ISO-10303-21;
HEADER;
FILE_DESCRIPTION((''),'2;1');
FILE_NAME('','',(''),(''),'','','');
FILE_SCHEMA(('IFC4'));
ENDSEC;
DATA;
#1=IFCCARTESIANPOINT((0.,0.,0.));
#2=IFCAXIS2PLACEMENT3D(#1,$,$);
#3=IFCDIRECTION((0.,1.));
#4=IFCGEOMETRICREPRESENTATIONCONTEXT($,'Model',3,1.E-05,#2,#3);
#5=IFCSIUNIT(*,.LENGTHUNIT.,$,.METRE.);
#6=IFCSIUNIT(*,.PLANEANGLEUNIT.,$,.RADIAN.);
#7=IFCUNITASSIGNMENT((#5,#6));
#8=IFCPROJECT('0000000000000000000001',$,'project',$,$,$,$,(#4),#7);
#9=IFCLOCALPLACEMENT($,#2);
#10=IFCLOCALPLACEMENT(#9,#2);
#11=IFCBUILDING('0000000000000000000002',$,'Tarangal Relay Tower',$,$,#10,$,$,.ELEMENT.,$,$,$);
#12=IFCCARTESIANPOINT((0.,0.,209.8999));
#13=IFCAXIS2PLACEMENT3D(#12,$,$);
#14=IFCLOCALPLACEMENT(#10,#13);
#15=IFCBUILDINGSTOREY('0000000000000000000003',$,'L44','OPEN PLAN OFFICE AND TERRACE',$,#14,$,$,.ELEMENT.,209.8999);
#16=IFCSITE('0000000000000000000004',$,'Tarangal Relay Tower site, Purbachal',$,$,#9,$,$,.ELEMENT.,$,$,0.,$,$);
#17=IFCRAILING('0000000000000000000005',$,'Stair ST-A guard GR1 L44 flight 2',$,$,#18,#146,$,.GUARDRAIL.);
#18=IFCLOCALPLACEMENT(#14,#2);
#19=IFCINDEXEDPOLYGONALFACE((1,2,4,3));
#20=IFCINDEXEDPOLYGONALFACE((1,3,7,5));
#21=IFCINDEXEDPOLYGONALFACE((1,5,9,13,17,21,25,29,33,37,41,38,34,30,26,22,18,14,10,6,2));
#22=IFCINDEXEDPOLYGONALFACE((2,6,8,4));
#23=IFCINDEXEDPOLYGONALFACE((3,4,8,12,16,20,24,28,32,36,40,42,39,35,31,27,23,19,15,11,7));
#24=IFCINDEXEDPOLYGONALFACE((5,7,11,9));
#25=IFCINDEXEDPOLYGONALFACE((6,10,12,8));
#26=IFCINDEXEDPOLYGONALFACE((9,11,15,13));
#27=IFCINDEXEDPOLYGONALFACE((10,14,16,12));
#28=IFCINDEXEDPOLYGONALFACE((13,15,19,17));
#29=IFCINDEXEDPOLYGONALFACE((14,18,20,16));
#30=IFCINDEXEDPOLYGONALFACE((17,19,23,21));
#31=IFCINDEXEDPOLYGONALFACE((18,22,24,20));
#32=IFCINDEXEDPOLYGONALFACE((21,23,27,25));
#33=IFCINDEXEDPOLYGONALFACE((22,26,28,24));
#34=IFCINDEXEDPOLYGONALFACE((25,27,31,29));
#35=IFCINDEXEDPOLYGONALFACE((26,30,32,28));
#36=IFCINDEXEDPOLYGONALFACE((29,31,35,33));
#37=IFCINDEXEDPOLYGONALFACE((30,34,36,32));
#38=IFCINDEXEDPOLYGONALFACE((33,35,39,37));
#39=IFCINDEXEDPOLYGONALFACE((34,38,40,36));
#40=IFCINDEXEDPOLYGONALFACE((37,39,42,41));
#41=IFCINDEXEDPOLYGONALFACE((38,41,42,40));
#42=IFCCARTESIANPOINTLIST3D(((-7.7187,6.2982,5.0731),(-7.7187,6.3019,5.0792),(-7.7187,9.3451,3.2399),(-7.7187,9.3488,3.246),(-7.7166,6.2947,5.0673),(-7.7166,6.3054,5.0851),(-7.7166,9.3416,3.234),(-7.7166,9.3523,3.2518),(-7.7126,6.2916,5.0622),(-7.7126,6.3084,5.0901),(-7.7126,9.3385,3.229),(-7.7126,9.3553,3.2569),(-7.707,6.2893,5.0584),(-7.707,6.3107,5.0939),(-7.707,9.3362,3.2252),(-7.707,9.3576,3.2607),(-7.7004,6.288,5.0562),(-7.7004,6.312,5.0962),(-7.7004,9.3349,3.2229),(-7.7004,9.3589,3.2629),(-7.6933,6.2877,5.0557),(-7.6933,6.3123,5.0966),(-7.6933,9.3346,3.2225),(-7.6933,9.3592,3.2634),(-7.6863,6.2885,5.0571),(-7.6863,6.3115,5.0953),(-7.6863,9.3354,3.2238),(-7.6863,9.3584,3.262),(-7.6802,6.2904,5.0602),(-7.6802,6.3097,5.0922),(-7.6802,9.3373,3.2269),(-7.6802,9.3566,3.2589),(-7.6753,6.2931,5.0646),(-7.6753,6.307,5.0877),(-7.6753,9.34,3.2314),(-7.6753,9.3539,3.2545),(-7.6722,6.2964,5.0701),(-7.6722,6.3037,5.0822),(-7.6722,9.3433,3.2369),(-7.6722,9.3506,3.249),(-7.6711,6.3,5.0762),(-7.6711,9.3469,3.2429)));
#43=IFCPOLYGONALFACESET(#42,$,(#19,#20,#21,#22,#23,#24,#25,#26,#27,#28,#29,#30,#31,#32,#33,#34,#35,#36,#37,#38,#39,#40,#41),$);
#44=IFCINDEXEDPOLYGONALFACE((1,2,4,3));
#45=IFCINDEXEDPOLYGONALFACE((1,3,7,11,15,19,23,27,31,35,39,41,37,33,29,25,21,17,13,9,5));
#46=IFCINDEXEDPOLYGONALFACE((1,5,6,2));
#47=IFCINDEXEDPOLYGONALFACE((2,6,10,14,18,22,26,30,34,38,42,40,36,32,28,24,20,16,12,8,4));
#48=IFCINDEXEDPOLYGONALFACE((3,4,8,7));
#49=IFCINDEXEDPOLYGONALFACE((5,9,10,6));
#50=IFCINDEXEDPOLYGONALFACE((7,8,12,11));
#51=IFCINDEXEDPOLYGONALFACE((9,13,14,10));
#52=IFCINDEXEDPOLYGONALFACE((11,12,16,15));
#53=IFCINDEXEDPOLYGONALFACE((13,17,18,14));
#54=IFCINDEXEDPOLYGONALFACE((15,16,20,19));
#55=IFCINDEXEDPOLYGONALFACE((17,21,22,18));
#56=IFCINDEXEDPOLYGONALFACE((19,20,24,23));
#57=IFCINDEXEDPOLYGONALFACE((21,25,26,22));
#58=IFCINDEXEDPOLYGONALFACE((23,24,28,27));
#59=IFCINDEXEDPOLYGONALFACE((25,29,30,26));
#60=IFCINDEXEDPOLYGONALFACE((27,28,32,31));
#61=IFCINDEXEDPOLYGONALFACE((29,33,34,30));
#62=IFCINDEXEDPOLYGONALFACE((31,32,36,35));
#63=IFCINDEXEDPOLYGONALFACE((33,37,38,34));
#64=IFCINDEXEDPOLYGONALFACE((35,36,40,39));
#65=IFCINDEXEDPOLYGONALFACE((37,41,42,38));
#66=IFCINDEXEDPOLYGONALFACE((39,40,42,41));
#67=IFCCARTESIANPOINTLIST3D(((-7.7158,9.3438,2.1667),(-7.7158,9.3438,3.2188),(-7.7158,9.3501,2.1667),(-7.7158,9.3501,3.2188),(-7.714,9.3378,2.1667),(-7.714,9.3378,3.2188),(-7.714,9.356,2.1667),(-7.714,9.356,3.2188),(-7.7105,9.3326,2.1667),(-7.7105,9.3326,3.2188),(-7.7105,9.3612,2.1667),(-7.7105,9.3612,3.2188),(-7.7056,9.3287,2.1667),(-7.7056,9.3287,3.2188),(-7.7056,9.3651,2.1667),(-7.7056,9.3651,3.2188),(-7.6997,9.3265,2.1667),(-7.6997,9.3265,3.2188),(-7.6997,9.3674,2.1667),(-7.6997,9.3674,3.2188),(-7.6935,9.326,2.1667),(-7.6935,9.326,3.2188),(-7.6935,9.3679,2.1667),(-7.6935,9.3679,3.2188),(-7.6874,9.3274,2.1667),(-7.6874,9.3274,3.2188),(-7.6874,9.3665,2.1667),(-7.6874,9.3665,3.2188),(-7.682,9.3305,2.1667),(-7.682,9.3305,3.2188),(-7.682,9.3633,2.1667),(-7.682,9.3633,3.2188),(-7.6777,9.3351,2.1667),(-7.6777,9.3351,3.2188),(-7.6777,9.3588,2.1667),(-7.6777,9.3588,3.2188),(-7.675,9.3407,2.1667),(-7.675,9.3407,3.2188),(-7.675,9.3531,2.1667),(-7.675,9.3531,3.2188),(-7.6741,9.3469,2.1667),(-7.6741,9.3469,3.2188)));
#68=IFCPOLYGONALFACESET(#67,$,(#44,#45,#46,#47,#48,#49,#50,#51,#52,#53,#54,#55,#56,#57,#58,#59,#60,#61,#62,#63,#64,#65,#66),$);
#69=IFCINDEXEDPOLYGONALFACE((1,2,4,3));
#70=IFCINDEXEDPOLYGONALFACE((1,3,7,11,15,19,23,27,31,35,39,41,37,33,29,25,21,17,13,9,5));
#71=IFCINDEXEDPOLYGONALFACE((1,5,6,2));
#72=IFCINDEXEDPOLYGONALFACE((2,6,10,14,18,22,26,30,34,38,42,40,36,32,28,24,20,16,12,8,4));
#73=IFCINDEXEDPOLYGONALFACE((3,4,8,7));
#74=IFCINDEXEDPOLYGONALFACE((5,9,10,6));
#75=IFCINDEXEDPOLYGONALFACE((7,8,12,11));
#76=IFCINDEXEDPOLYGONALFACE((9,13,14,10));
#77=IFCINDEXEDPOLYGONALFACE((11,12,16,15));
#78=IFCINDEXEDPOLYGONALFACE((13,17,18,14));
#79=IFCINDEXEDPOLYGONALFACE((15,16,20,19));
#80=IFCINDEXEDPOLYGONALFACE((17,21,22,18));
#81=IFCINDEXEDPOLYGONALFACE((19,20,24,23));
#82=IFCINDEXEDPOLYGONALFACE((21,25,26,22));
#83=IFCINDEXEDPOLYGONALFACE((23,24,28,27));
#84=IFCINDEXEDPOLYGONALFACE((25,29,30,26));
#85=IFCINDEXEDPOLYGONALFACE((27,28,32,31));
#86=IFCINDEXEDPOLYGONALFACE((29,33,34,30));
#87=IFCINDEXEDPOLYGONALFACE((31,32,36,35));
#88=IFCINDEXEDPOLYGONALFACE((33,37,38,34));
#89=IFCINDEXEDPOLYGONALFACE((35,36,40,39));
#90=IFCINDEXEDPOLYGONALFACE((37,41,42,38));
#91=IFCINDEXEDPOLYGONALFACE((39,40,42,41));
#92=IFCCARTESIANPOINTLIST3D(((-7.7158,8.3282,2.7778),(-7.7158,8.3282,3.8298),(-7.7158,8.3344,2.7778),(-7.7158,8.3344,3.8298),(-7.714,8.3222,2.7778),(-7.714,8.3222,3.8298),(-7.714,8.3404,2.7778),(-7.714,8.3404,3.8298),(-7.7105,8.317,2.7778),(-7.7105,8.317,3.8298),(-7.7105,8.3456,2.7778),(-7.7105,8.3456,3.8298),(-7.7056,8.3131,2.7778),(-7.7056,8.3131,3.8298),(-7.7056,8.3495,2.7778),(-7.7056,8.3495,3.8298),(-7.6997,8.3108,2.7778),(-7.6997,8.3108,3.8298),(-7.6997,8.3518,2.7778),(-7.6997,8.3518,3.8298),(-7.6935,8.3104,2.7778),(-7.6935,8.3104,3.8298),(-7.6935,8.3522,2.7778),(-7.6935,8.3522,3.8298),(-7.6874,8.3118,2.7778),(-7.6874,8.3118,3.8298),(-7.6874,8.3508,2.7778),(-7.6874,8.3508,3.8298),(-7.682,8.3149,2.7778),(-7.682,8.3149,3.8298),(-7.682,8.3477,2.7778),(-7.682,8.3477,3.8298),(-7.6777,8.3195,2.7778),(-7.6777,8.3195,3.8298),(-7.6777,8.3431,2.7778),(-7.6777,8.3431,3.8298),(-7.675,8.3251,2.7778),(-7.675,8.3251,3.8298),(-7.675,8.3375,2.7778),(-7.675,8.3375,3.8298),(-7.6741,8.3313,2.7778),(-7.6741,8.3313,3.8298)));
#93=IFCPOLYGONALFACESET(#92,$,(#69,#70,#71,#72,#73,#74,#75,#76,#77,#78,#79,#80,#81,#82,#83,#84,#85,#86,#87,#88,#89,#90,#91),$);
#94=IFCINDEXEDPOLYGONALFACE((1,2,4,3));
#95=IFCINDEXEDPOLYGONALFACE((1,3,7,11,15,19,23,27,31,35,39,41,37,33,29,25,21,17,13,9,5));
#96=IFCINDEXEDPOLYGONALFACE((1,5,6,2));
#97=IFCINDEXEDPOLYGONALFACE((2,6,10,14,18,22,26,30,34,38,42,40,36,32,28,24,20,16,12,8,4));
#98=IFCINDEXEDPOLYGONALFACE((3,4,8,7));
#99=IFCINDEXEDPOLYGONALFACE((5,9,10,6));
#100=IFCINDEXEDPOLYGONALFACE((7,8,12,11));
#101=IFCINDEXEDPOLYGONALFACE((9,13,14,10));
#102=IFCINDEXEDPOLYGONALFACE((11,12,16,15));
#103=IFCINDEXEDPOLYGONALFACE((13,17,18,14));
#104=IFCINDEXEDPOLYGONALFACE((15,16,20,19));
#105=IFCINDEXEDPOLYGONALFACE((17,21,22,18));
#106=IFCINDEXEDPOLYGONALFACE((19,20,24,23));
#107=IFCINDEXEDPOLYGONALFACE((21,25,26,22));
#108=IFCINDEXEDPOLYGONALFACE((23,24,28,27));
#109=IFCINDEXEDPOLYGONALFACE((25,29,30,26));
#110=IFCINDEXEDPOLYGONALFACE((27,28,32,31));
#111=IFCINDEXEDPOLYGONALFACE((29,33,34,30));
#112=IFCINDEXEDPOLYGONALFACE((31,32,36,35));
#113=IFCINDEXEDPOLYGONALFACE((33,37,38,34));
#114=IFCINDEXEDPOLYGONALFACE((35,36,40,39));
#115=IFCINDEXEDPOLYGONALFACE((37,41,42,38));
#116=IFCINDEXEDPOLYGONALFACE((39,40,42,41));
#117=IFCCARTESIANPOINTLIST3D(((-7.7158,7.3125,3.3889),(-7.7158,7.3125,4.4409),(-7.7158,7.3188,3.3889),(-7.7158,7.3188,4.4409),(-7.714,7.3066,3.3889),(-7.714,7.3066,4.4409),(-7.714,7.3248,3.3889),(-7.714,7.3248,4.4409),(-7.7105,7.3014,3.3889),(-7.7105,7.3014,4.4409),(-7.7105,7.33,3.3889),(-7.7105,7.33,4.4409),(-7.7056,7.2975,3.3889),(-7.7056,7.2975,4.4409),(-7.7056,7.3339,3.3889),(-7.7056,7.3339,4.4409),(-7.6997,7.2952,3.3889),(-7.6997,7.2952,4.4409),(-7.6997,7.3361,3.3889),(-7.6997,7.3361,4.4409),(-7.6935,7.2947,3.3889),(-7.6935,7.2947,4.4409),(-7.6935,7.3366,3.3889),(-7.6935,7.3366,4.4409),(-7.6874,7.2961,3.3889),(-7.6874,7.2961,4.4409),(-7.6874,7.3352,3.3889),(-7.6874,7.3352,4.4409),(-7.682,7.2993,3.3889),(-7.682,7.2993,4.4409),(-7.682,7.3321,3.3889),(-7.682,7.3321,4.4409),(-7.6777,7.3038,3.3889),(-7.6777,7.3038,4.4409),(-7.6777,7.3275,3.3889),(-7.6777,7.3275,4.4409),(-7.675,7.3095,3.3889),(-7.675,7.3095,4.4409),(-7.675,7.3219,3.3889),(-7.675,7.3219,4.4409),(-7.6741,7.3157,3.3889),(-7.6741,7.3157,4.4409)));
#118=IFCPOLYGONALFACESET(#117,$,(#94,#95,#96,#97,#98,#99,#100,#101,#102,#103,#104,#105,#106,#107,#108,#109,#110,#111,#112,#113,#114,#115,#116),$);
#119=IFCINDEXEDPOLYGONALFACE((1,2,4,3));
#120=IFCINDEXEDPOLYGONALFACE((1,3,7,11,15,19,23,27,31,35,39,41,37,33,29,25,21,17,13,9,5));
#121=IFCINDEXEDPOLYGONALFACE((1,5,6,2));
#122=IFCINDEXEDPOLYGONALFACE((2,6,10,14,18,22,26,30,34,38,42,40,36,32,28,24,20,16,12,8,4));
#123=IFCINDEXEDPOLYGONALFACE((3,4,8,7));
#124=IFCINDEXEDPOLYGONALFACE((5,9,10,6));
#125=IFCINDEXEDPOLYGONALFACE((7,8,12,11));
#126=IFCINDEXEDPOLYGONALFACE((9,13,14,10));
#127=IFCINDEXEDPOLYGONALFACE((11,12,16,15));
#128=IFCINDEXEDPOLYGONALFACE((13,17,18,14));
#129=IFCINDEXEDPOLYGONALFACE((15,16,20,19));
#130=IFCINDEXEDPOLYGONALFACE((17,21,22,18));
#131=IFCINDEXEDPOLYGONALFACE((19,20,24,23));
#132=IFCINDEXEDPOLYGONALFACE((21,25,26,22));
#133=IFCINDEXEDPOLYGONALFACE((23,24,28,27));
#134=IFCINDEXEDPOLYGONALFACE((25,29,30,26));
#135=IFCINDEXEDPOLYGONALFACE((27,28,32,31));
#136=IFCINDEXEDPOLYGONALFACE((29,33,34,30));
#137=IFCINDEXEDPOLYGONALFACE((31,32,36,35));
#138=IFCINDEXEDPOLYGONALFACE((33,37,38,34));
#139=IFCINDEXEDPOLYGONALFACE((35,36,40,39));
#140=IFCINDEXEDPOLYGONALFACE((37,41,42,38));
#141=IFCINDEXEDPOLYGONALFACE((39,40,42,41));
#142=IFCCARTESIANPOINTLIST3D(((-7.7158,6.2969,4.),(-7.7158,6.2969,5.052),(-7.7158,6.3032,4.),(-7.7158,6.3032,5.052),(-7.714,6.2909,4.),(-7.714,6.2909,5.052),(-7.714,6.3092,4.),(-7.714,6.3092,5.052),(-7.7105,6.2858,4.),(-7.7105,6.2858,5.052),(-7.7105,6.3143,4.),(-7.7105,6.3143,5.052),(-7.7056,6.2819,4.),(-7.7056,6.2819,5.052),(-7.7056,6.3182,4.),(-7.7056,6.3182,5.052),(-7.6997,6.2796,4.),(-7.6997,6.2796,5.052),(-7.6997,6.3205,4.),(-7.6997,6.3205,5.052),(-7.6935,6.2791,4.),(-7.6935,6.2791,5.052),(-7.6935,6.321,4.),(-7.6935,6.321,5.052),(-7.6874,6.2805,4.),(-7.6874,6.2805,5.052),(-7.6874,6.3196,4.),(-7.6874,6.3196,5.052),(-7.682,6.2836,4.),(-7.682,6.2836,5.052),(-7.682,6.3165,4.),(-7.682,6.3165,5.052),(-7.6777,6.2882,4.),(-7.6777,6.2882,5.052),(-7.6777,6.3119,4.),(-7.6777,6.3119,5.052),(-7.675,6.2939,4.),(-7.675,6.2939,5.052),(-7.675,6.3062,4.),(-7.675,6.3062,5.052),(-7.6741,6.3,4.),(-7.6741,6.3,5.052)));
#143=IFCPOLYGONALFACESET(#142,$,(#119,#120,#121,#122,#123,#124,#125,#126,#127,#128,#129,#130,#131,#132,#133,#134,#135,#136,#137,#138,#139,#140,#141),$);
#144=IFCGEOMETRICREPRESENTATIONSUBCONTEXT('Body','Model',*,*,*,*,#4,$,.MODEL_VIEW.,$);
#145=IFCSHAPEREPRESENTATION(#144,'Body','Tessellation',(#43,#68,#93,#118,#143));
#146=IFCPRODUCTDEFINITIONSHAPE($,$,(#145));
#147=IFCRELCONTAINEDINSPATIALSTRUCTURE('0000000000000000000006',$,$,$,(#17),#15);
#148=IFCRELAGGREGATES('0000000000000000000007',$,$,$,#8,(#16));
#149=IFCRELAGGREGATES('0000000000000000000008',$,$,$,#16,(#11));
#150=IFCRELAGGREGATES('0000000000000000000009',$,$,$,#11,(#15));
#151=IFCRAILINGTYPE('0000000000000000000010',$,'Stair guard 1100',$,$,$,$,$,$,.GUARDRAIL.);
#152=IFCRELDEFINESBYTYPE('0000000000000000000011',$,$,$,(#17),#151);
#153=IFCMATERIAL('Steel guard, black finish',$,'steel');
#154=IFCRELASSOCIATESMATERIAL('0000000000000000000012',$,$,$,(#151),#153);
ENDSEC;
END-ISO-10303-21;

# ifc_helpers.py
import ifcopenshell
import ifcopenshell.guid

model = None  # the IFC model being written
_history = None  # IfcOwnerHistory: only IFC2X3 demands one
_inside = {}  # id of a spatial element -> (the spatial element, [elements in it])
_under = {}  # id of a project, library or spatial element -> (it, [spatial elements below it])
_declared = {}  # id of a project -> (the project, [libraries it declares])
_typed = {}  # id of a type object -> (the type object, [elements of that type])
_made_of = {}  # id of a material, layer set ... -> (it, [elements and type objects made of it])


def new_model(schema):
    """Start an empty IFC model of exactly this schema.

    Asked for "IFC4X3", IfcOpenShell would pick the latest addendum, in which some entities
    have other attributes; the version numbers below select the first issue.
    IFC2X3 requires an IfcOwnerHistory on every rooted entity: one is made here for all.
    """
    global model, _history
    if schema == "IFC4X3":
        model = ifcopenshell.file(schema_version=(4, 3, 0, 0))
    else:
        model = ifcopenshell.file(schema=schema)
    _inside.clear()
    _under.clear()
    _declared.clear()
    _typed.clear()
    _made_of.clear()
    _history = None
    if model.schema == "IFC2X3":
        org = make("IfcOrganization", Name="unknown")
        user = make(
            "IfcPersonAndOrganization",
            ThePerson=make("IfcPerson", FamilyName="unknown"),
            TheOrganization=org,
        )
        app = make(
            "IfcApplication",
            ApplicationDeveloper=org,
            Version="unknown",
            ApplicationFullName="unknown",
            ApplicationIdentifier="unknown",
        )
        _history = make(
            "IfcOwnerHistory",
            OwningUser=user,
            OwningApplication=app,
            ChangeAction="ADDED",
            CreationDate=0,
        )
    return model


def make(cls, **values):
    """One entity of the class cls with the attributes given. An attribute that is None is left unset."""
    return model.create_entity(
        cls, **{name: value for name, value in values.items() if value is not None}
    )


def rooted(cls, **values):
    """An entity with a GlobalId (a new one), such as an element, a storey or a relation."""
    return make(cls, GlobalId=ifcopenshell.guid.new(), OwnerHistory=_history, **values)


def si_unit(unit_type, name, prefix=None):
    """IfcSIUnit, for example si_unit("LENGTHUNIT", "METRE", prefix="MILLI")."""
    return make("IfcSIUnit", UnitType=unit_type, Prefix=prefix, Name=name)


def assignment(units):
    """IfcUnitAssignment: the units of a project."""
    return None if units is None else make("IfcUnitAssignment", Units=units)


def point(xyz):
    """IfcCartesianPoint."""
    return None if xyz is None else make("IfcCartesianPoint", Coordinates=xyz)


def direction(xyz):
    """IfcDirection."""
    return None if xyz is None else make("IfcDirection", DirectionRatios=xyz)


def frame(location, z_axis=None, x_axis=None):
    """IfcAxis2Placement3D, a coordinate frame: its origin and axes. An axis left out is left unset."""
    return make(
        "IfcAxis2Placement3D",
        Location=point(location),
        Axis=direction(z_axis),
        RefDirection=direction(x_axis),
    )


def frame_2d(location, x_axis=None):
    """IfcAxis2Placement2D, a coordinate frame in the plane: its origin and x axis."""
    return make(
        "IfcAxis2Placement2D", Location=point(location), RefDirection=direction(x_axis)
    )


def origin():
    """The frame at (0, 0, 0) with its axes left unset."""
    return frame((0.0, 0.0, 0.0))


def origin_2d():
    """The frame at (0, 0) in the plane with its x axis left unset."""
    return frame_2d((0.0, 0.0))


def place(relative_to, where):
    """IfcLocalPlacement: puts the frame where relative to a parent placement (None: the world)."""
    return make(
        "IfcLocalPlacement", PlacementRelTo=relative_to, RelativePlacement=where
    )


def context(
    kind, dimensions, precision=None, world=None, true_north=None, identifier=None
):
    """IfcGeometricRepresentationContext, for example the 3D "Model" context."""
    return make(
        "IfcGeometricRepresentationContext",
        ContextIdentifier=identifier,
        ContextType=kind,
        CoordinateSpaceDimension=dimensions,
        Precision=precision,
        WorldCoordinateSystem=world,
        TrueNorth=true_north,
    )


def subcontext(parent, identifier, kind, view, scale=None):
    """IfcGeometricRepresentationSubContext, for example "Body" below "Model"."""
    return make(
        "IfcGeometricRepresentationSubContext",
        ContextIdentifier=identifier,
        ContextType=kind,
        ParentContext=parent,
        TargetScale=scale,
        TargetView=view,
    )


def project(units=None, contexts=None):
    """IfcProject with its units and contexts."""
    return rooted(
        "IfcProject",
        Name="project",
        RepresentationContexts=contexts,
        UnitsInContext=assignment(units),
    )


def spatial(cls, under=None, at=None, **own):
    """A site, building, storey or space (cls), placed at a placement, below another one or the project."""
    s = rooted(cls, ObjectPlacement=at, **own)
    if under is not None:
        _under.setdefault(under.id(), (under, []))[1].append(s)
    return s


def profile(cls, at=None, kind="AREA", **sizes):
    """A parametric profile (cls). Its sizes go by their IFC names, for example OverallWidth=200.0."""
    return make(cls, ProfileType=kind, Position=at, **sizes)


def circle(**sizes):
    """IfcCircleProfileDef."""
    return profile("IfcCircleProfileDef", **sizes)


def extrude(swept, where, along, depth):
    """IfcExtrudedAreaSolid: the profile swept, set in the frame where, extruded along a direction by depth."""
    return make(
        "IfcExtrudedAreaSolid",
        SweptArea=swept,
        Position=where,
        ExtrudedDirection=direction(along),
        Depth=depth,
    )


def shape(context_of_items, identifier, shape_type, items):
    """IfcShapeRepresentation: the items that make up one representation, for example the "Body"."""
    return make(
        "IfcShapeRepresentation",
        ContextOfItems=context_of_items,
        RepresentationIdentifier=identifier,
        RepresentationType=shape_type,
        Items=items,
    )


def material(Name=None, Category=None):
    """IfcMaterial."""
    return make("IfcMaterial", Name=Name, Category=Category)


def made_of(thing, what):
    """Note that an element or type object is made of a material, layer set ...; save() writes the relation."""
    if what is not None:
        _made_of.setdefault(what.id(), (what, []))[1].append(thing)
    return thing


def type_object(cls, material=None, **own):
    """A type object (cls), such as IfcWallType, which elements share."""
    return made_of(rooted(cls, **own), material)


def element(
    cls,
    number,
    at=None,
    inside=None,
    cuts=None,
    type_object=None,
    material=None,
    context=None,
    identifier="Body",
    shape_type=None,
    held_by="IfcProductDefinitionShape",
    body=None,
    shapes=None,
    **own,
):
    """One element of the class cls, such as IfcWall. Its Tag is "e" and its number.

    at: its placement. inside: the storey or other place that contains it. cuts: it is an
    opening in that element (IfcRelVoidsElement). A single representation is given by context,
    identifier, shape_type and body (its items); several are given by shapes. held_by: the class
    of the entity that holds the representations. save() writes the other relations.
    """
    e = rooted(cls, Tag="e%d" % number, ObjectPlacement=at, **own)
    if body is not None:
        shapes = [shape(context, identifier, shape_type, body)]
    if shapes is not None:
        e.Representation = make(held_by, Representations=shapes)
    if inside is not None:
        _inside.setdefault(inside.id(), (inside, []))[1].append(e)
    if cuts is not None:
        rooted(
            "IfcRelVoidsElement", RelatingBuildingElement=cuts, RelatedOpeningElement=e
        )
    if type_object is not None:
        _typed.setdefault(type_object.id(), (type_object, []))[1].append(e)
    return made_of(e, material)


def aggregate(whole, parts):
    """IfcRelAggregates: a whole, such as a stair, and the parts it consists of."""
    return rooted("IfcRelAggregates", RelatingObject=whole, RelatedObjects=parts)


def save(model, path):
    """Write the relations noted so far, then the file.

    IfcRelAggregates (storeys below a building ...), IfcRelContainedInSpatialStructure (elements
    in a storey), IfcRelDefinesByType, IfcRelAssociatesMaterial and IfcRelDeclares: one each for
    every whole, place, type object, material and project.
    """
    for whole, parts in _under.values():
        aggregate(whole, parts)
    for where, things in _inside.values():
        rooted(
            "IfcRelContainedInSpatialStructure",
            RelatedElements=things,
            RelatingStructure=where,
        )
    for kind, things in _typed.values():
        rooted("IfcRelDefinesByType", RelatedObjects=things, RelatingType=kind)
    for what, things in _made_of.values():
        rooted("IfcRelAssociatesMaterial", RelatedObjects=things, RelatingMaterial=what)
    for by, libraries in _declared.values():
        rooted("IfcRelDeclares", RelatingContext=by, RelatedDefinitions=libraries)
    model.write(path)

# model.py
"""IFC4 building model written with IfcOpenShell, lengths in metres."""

from ifc_helpers import new_model, si_unit, direction, frame, origin, origin_2d, place, context, subcontext, project, spatial, circle, extrude, material, type_object, element, save


model = new_model("IFC4")

# Units and contexts
model_context = context("Model", 3, precision=1e-05, world=origin(), true_north=direction((0.0, 1.0)))
body_context = subcontext(model_context, "Body", "Model", "MODEL_VIEW")
ifc_project = project(units=[si_unit("LENGTHUNIT", "METRE"), si_unit("PLANEANGLEUNIT", "RADIAN")], contexts=[model_context])

# Site, building, storey
site_placement = place(None, origin())
site = spatial("IfcSite", under=ifc_project, at=site_placement, Name="Tarangal Relay Tower site, Purbachal", CompositionType="ELEMENT", RefElevation=0.0)
building_placement = place(site_placement, origin())
building = spatial("IfcBuilding", under=site, at=building_placement, Name="Tarangal Relay Tower", CompositionType="ELEMENT")
storey_placement = place(building_placement, frame((0.0, 0.0, 209.8999)))
storey = spatial("IfcBuildingStorey", under=building, at=storey_placement, Name="L44", Description="OPEN PLAN OFFICE AND TERRACE", CompositionType="ELEMENT", Elevation=209.8999)

# Railing
ifc_material_1 = material(Name="Steel guard, black finish", Category="steel")
railing_type_1 = type_object("IfcRailingType", Name="Stair guard 1100", PredefinedType="GUARDRAIL", material=ifc_material_1)
railing_1_placement = place(storey_placement, frame((-7.6951, 9.3469, 2.1667)))
element("IfcRailing", 1, at=railing_1_placement, inside=storey, type_object=railing_type_1, Name="Stair ST-A guard GR1 L44 flight 2", PredefinedType="GUARDRAIL", context=body_context, shape_type="SweptSolid", body=[
    extrude(circle(Radius=0.0239, at=origin_2d()), frame((0.0, 0.0, 1.0762), z_axis=(0.0, -0.856856, 0.515556), x_axis=(1.0, 0.0, 0.0)), (0.0, 0.0, 1.0), 3.5559),
    extrude(circle(Radius=0.021, at=origin_2d()), origin(), (0.0, 0.0, 1.0), 1.052),
    extrude(circle(Radius=0.021, at=origin_2d()), frame((0.0, -1.0156, 0.6111)), (0.0, 0.0, 1.0), 1.052),
    extrude(circle(Radius=0.021, at=origin_2d()), frame((0.0, -2.0312, 1.2222)), (0.0, 0.0, 1.0), 1.052),
    extrude(circle(Radius=0.021, at=origin_2d()), frame((0.0, -3.0469, 1.8333)), (0.0, 0.0, 1.0), 1.052),
])

save(model, "model.ifc")
